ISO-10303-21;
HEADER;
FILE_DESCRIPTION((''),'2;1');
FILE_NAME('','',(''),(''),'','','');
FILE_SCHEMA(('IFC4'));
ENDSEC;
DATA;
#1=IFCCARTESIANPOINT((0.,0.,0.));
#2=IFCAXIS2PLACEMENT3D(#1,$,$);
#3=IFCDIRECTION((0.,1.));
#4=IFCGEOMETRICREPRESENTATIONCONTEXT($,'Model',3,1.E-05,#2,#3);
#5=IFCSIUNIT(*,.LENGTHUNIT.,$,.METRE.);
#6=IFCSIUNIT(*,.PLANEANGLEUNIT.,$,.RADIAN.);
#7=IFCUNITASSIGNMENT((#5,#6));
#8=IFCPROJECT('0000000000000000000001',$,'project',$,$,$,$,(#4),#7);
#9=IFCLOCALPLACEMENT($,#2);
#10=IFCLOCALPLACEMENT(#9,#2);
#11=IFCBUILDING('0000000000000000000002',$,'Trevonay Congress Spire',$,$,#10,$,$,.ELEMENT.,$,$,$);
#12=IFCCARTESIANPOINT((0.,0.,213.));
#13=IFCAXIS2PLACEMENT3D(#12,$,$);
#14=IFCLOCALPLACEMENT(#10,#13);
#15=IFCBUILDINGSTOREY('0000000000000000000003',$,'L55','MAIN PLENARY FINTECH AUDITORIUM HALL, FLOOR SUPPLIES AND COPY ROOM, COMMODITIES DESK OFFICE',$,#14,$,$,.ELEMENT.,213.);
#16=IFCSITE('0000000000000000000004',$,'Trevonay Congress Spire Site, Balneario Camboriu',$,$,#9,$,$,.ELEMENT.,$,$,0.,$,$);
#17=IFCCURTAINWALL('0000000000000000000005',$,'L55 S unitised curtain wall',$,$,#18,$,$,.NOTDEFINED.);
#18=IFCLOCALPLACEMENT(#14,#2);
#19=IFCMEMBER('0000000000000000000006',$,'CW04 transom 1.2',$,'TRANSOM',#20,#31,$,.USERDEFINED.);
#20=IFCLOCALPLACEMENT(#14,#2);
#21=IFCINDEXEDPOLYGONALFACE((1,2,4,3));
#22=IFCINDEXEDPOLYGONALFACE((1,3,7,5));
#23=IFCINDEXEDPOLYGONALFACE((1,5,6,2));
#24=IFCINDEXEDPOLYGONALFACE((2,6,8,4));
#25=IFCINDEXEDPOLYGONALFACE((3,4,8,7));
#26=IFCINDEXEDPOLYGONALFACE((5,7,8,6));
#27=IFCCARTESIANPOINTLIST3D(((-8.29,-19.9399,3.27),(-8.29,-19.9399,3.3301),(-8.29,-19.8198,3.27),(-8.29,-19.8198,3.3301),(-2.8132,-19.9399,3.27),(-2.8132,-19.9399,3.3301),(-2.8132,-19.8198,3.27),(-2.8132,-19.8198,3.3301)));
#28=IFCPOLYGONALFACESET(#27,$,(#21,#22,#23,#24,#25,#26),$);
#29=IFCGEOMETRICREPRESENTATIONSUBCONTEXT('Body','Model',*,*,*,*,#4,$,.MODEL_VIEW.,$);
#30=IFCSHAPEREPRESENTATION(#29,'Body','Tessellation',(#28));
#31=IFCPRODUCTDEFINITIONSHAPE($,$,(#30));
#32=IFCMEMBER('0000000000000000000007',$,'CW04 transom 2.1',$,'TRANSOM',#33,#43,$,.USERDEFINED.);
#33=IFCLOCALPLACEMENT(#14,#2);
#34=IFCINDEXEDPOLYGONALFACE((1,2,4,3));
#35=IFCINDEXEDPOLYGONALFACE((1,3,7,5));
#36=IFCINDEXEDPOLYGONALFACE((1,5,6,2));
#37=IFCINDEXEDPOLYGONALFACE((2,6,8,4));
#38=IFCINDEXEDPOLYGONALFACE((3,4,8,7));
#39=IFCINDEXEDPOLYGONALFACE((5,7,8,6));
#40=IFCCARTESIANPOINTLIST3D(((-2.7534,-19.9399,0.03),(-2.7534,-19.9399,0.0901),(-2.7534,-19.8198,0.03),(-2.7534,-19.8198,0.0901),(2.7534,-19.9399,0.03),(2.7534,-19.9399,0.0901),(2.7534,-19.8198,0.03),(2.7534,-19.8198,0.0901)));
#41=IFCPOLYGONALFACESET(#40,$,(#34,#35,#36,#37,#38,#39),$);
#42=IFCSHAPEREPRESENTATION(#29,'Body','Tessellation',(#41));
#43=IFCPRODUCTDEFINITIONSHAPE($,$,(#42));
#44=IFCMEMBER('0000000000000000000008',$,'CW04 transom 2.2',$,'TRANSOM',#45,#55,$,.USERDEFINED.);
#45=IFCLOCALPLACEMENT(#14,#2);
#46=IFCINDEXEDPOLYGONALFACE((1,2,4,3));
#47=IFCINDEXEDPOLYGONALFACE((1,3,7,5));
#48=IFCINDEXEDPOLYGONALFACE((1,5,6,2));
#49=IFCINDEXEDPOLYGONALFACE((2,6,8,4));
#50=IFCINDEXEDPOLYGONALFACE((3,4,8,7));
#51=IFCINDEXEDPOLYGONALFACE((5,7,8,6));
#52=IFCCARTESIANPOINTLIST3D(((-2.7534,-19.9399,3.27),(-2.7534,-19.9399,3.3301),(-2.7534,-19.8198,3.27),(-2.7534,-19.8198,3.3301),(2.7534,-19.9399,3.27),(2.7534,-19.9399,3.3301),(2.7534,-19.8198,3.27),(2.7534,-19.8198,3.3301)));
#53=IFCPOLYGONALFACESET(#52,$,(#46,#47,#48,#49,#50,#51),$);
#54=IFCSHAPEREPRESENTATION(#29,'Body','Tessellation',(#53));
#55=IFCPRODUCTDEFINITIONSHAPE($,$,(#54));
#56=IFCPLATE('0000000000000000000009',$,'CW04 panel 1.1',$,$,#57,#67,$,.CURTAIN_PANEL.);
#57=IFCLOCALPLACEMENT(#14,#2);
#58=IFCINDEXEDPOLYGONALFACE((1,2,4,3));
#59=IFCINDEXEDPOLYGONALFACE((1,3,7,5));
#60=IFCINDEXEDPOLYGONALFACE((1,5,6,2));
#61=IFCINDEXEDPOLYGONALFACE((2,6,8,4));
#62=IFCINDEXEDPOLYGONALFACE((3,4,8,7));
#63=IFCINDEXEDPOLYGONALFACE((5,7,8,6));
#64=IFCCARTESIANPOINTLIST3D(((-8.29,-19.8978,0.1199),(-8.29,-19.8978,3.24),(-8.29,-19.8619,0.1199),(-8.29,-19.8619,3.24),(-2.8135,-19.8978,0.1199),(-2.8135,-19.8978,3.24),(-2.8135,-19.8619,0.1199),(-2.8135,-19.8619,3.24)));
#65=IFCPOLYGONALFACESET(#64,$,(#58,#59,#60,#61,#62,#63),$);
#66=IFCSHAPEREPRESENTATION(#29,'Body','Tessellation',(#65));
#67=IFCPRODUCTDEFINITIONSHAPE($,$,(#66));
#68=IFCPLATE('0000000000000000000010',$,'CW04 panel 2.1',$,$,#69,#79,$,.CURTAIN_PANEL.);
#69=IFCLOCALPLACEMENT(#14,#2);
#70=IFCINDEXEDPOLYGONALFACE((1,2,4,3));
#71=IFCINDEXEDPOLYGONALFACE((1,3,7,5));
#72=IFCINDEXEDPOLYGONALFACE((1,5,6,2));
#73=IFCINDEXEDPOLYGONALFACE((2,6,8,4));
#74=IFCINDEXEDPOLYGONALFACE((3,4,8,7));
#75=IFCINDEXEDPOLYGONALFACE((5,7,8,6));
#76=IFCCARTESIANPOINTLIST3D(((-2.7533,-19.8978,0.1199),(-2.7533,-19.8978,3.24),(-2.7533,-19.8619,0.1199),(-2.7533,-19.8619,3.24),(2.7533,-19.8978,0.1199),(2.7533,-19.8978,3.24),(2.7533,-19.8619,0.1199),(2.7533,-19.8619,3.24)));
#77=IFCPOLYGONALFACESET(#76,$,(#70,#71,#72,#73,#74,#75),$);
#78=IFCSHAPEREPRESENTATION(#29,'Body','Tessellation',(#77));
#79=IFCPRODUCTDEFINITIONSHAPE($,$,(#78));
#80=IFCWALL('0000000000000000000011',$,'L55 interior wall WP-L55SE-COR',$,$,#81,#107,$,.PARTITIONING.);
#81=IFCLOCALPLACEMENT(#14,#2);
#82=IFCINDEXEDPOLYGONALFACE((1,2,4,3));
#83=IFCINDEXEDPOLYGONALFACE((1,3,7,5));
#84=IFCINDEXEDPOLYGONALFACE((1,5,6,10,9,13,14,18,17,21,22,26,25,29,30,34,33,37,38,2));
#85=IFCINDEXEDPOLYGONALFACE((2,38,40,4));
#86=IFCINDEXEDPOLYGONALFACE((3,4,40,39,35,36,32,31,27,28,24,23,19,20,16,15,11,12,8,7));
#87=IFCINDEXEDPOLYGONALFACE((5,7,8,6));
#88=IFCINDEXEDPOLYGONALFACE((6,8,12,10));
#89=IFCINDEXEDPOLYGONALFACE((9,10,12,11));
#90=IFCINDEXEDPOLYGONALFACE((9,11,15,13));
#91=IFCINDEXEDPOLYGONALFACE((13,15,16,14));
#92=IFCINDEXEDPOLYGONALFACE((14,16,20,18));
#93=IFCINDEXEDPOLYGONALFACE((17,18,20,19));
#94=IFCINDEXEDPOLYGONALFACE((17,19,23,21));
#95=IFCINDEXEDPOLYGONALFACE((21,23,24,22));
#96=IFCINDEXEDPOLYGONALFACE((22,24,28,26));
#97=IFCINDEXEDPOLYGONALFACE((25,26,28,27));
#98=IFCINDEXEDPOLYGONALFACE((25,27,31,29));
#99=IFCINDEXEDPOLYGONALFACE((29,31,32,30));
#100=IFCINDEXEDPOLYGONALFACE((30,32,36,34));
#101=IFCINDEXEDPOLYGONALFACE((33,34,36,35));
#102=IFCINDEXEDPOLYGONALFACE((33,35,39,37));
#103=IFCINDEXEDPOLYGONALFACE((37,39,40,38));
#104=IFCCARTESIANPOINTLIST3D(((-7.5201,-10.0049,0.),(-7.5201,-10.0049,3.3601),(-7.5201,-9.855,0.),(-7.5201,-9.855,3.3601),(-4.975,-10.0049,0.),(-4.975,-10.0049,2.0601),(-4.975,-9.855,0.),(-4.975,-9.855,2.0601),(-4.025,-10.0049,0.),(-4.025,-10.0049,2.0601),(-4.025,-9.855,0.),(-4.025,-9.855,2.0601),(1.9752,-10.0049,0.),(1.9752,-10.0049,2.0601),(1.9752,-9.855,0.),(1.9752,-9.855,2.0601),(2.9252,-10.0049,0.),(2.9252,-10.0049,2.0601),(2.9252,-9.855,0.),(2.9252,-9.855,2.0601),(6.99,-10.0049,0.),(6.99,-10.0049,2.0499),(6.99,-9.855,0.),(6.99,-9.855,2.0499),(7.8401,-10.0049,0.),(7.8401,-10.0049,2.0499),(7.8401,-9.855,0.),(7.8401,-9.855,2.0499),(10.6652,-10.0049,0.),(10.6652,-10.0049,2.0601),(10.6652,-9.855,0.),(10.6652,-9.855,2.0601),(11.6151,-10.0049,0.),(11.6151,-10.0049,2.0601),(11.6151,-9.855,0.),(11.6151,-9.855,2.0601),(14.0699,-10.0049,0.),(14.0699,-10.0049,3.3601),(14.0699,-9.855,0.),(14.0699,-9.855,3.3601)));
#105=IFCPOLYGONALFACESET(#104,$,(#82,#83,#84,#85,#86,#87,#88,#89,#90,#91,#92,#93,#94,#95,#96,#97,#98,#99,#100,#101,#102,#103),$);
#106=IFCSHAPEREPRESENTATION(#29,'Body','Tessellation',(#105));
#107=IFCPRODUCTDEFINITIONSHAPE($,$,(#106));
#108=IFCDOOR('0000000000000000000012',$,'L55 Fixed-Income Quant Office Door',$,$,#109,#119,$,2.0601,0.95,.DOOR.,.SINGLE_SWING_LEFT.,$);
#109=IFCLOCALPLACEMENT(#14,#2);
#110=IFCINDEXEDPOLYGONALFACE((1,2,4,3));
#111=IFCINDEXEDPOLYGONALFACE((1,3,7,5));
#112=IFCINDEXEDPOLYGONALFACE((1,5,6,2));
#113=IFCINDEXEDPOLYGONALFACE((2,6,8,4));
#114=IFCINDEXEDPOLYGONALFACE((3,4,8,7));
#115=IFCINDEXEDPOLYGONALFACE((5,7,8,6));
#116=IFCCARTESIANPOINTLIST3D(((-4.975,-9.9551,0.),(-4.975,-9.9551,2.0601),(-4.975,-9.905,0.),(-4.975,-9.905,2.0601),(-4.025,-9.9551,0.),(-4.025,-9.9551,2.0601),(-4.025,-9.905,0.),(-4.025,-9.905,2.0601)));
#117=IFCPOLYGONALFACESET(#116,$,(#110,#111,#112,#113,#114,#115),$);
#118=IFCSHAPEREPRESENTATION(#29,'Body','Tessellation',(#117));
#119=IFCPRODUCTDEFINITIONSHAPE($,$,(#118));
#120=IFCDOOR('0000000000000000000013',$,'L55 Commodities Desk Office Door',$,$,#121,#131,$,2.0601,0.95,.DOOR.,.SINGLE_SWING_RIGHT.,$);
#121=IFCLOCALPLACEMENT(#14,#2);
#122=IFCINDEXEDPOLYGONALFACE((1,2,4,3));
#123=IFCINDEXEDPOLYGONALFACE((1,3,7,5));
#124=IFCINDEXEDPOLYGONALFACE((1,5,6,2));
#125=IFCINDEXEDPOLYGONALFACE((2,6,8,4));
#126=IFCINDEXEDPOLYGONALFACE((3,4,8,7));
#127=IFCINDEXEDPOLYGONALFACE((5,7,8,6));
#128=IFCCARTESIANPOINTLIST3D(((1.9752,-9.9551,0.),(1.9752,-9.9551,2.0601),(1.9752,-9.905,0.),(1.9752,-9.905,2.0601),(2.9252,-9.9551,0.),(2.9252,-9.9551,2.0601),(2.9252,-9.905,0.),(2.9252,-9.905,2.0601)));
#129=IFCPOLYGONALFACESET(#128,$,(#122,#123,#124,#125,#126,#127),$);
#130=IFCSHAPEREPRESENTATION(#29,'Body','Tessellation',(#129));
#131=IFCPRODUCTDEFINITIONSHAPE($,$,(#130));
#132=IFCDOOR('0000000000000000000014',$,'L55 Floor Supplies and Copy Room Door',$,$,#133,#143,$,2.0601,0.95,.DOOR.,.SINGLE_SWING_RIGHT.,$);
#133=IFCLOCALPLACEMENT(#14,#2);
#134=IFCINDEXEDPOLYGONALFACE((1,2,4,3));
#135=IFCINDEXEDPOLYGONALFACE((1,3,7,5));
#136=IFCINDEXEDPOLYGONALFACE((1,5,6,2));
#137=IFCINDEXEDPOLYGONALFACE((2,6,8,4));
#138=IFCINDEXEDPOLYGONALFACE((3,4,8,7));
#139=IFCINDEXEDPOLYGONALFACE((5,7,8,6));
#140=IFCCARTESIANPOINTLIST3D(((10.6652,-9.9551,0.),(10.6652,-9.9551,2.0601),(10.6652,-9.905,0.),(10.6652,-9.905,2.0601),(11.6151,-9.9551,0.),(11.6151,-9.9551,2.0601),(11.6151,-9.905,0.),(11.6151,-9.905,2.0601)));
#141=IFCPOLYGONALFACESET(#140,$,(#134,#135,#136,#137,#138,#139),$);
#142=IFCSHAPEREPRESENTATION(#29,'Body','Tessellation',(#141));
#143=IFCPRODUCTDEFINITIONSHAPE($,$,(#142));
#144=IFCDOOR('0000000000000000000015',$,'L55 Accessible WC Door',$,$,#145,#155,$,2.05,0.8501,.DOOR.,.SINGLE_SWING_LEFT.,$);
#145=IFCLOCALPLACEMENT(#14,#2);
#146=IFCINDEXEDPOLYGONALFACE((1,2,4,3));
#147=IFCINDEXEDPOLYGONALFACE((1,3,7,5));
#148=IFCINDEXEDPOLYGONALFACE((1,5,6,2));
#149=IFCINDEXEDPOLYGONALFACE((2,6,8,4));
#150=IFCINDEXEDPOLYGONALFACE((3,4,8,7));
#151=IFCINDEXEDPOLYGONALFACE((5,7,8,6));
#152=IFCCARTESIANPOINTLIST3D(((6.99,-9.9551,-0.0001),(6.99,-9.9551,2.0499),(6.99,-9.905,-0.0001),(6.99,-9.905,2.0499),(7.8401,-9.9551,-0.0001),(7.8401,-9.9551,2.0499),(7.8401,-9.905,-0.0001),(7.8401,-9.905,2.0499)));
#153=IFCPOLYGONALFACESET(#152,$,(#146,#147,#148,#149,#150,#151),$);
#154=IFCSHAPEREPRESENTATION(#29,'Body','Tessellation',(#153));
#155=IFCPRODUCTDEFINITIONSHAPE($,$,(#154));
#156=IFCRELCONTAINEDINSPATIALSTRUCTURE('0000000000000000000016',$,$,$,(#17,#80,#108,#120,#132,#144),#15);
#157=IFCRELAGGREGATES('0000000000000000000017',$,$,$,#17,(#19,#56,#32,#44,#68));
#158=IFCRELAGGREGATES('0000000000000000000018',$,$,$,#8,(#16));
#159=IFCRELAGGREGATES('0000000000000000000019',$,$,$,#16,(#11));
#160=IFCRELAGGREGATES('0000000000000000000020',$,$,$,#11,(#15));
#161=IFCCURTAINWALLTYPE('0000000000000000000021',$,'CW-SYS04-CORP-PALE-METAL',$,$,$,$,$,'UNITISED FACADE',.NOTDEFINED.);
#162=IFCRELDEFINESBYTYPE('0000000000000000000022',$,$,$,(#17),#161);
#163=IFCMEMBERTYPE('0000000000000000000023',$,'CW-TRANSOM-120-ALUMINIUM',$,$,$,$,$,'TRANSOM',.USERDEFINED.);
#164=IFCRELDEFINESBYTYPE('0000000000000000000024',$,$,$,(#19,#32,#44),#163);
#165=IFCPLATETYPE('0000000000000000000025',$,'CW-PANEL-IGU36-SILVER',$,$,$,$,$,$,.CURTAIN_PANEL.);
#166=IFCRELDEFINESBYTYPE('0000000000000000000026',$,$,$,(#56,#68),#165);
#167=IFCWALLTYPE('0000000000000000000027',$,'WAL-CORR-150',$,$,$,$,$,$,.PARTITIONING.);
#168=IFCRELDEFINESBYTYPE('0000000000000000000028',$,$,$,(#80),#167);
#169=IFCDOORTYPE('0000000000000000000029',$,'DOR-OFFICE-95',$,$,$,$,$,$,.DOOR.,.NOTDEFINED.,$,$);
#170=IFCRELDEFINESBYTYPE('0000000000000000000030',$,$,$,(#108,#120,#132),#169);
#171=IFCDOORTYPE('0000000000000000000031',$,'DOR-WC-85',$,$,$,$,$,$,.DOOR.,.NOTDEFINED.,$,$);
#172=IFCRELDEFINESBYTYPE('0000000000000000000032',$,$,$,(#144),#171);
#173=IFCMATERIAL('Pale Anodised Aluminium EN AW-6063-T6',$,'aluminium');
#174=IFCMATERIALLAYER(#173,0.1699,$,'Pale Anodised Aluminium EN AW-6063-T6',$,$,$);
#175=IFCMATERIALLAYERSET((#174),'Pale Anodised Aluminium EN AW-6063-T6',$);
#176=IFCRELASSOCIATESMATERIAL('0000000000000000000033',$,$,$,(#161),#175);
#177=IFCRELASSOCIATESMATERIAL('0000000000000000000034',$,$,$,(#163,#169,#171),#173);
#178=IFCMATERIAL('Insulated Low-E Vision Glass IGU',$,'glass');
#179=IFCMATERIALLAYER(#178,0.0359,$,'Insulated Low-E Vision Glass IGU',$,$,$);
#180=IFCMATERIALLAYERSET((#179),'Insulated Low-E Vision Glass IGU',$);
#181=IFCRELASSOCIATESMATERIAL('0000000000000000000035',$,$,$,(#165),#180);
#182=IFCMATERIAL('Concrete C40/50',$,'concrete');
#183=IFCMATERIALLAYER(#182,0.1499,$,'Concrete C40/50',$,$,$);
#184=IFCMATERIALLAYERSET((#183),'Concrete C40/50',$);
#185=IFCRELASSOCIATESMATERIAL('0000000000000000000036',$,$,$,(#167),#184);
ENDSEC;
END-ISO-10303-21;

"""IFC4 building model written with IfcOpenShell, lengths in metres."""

from ifc_helpers import new_model, si_unit, direction, frame, frame_2d, origin, origin_2d, place, context, subcontext, project, spatial, rectangle, extrude, material, layer, layer_set, material_profile, profile_set, type_object, element, fill, aggregate, save


model = new_model("IFC4")

# Units and contexts
model_context = context("Model", 3, precision=1e-05, world=origin(), true_north=direction((0.0, 1.0)))
body_context = subcontext(model_context, "Body", "Model", "MODEL_VIEW")
ifc_project = project(units=[si_unit("LENGTHUNIT", "METRE"), si_unit("PLANEANGLEUNIT", "RADIAN")], contexts=[model_context])

# Site, building, storey
site_placement = place(None, origin())
site = spatial("IfcSite", under=ifc_project, at=site_placement, Name="Trevonay Congress Spire Site, Balneario Camboriu", CompositionType="ELEMENT", RefElevation=0.0)
building_placement = place(site_placement, origin())
building = spatial("IfcBuilding", under=site, at=building_placement, Name="Trevonay Congress Spire", CompositionType="ELEMENT")
storey_placement = place(building_placement, frame((0.0, 0.0, 213.0)))
storey = spatial("IfcBuildingStorey", under=building, at=storey_placement, Name="L55", Description="MAIN PLENARY FINTECH AUDITORIUM HALL, FLOOR SUPPLIES AND COPY ROOM, COMMODITIES DESK OFFICE", CompositionType="ELEMENT", Elevation=213.0)

# Curtain wall, members, plates
ifc_material_1 = material(Name="Pale Anodised Aluminium EN AW-6063-T6", Category="aluminium")
ifc_layer_1 = layer(ifc_material_1, 0.1699, Name="Pale Anodised Aluminium EN AW-6063-T6")
ifc_layer_set_1 = layer_set([ifc_layer_1], Name="Pale Anodised Aluminium EN AW-6063-T6")
curtain_wall_type = type_object("IfcCurtainWallType", Name="CW-SYS04-CORP-PALE-METAL", ElementType="UNITISED FACADE", PredefinedType="NOTDEFINED", material=ifc_layer_set_1)
curtain_wall_placement = place(storey_placement, origin())
curtain_wall = element("IfcCurtainWall", 1, at=curtain_wall_placement, inside=storey, type_object=curtain_wall_type, Name="L55 S unitised curtain wall", PredefinedType="NOTDEFINED")
ifc_material_profile_1 = material_profile(ifc_material_1, rectangle(XDim=0.1201, YDim=0.0601, at=origin_2d()), Name="CW-TRANSOM-120-ALUMINIUM")
ifc_profile_set_1 = profile_set([ifc_material_profile_1], Name="Pale Anodised Aluminium EN AW-6063-T6")
member_type_1 = type_object("IfcMemberType", Name="CW-TRANSOM-120-ALUMINIUM", ElementType="TRANSOM", PredefinedType="USERDEFINED", material=ifc_profile_set_1)
member_1_placement = place(storey_placement, frame((-8.29, -19.8799, 3.3), z_axis=(1.0, 0.0, 0.0), x_axis=(0.0, 1.0, 0.0)))
member_1 = element("IfcMember", 2, at=member_1_placement, type_object=member_type_1, Name="CW04 transom 1.2", ObjectType="TRANSOM", PredefinedType="USERDEFINED", context=body_context, shape_type="SweptSolid", body=[
    extrude(rectangle(XDim=0.1201, YDim=0.0601, at=origin_2d()), origin(), (0.0, 0.0, 1.0), 5.4768),
])
member_2_placement = place(storey_placement, frame((-2.7534, -19.8799, 0.0601), z_axis=(1.0, 0.0, 0.0), x_axis=(0.0, 1.0, 0.0)))
member_2 = element("IfcMember", 3, at=member_2_placement, type_object=member_type_1, Name="CW04 transom 2.1", ObjectType="TRANSOM", PredefinedType="USERDEFINED", context=body_context, shape_type="SweptSolid", body=[
    extrude(rectangle(XDim=0.1201, YDim=0.0601, at=origin_2d()), origin(), (0.0, 0.0, 1.0), 5.5068),
])
member_3_placement = place(storey_placement, frame((-2.7534, -19.8799, 3.3), z_axis=(1.0, 0.0, 0.0), x_axis=(0.0, 1.0, 0.0)))
member_3 = element("IfcMember", 4, at=member_3_placement, type_object=member_type_1, Name="CW04 transom 2.2", ObjectType="TRANSOM", PredefinedType="USERDEFINED", context=body_context, shape_type="SweptSolid", body=[
    extrude(rectangle(XDim=0.1201, YDim=0.0601, at=origin_2d()), origin(), (0.0, 0.0, 1.0), 5.5068),
])
ifc_material_2 = material(Name="Insulated Low-E Vision Glass IGU", Category="glass")
ifc_layer_2 = layer(ifc_material_2, 0.0359, Name="Insulated Low-E Vision Glass IGU")
ifc_layer_set_2 = layer_set([ifc_layer_2], Name="Insulated Low-E Vision Glass IGU")
plate_type = type_object("IfcPlateType", Name="CW-PANEL-IGU36-SILVER", PredefinedType="CURTAIN_PANEL", material=ifc_layer_set_2)
plate_1_placement = place(storey_placement, frame((-5.5518, -19.8799, 0.1199), z_axis=(0.0, 0.0, 1.0), x_axis=(1.0, 0.0, 0.0)))
plate_1 = element("IfcPlate", 5, at=plate_1_placement, type_object=plate_type, Name="CW04 panel 1.1", PredefinedType="CURTAIN_PANEL", context=body_context, shape_type="SweptSolid", body=[
    extrude(rectangle(XDim=5.4766, YDim=0.0359, at=origin_2d()), origin(), (0.0, 0.0, 1.0), 3.1201),
])
plate_2_placement = place(storey_placement, frame((0.0, -19.8799, 0.1199), z_axis=(0.0, 0.0, 1.0), x_axis=(1.0, 0.0, 0.0)))
plate_2 = element("IfcPlate", 6, at=plate_2_placement, type_object=plate_type, Name="CW04 panel 2.1", PredefinedType="CURTAIN_PANEL", context=body_context, shape_type="SweptSolid", body=[
    extrude(rectangle(XDim=5.5066, YDim=0.0359, at=origin_2d()), origin(), (0.0, 0.0, 1.0), 3.1201),
])
aggregate(curtain_wall, [member_1, plate_1, member_2, member_3, plate_2])

# Wall, openings, doors
ifc_material_3 = material(Name="Concrete C40/50", Category="concrete")
ifc_layer_3 = layer(ifc_material_3, 0.1499, Name="Concrete C40/50")
ifc_layer_set_3 = layer_set([ifc_layer_3], Name="Concrete C40/50")
wall_type_1 = type_object("IfcWallType", Name="WAL-CORR-150", PredefinedType="PARTITIONING", material=ifc_layer_set_3)
wall_1_placement = place(storey_placement, frame((-7.52, -9.9299, 0.0), z_axis=(0.0, 0.0, 1.0), x_axis=(1.0, 0.0, 0.0)))
wall_1 = element("IfcWall", 7, at=wall_1_placement, inside=storey, type_object=wall_type_1, Name="L55 interior wall WP-L55SE-COR", PredefinedType="PARTITIONING", context=body_context, shape_type="SweptSolid", body=[
    extrude(rectangle(XDim=21.5901, YDim=0.1499, at=frame_2d((10.7949, 0.0))), origin(), (0.0, 0.0, 1.0), 3.3601),
])
opening_1_placement = place(wall_1_placement, frame((2.5449, 0.0, 0.0)))
opening_1 = element("IfcOpeningElement", 8, at=opening_1_placement, cuts=wall_1, PredefinedType="OPENING", context=body_context, shape_type="SweptSolid", body=[
    extrude(rectangle(XDim=0.95, YDim=2.0601, at=frame_2d((0.4751, 1.03))), frame((0.0, 0.085, 0.0), z_axis=(0.0, -1.0, 0.0), x_axis=(1.0, 0.0, 0.0)), (0.0, 0.0, 1.0), 0.1699),
])
opening_2_placement = place(wall_1_placement, frame((9.4951, 0.0, 0.0)))
opening_2 = element("IfcOpeningElement", 9, at=opening_2_placement, cuts=wall_1, PredefinedType="OPENING", context=body_context, shape_type="SweptSolid", body=[
    extrude(rectangle(XDim=0.95, YDim=2.0601, at=frame_2d((0.4751, 1.03))), frame((0.0, 0.085, 0.0), z_axis=(0.0, -1.0, 0.0), x_axis=(1.0, 0.0, 0.0)), (0.0, 0.0, 1.0), 0.1699),
])
opening_3_placement = place(wall_1_placement, frame((14.51, 0.0, 0.0)))
opening_3 = element("IfcOpeningElement", 10, at=opening_3_placement, cuts=wall_1, PredefinedType="OPENING", context=body_context, shape_type="SweptSolid", body=[
    extrude(rectangle(XDim=0.8501, YDim=2.05, at=frame_2d((0.425, 1.0249))), frame((0.0, 0.085, 0.0), z_axis=(0.0, -1.0, 0.0), x_axis=(1.0, 0.0, 0.0)), (0.0, 0.0, 1.0), 0.1699),
])
opening_4_placement = place(wall_1_placement, frame((18.1851, 0.0, 0.0)))
opening_4 = element("IfcOpeningElement", 11, at=opening_4_placement, cuts=wall_1, PredefinedType="OPENING", context=body_context, shape_type="SweptSolid", body=[
    extrude(rectangle(XDim=0.95, YDim=2.0601, at=frame_2d((0.4751, 1.03))), frame((0.0, 0.085, 0.0), z_axis=(0.0, -1.0, 0.0), x_axis=(1.0, 0.0, 0.0)), (0.0, 0.0, 1.0), 0.1699),
])
door_type_1 = type_object("IfcDoorType", Name="DOR-OFFICE-95", OperationType="NOTDEFINED", PredefinedType="DOOR", material=ifc_material_1)
door_1_placement = place(opening_1_placement, origin())
door_1 = element("IfcDoor", 12, at=door_1_placement, inside=storey, type_object=door_type_1, Name="L55 Fixed-Income Quant Office Door", OperationType="SINGLE_SWING_LEFT", OverallHeight=2.0601, OverallWidth=0.95, PredefinedType="DOOR", context=body_context, shape_type="SweptSolid", body=[
    extrude(rectangle(XDim=0.95, YDim=2.0601, at=frame_2d((0.4751, 1.03))), frame((0.0, 0.0249, 0.0), z_axis=(0.0, -1.0, 0.0), x_axis=(1.0, 0.0, 0.0)), (0.0, 0.0, 1.0), 0.05),
])
fill(opening_1, door_1)
door_2_placement = place(opening_2_placement, origin())
door_2 = element("IfcDoor", 13, at=door_2_placement, inside=storey, type_object=door_type_1, Name="L55 Commodities Desk Office Door", OperationType="SINGLE_SWING_RIGHT", OverallHeight=2.0601, OverallWidth=0.95, PredefinedType="DOOR", context=body_context, shape_type="SweptSolid", body=[
    extrude(rectangle(XDim=0.95, YDim=2.0601, at=frame_2d((0.4751, 1.03))), frame((0.0, 0.0249, 0.0), z_axis=(0.0, -1.0, 0.0), x_axis=(1.0, 0.0, 0.0)), (0.0, 0.0, 1.0), 0.05),
])
fill(opening_2, door_2)
door_3_placement = place(opening_4_placement, origin())
door_3 = element("IfcDoor", 14, at=door_3_placement, inside=storey, type_object=door_type_1, Name="L55 Floor Supplies and Copy Room Door", OperationType="SINGLE_SWING_RIGHT", OverallHeight=2.0601, OverallWidth=0.95, PredefinedType="DOOR", context=body_context, shape_type="SweptSolid", body=[
    extrude(rectangle(XDim=0.95, YDim=2.0601, at=frame_2d((0.4751, 1.03))), frame((0.0, 0.0249, 0.0), z_axis=(0.0, -1.0, 0.0), x_axis=(1.0, 0.0, 0.0)), (0.0, 0.0, 1.0), 0.05),
])
fill(opening_4, door_3)
door_type_2 = type_object("IfcDoorType", Name="DOR-WC-85", OperationType="NOTDEFINED", PredefinedType="DOOR", material=ifc_material_1)
door_4_placement = place(opening_3_placement, origin())
door_4 = element("IfcDoor", 15, at=door_4_placement, inside=storey, type_object=door_type_2, Name="L55 Accessible WC Door", OperationType="SINGLE_SWING_LEFT", OverallHeight=2.05, OverallWidth=0.8501, PredefinedType="DOOR", context=body_context, shape_type="SweptSolid", body=[
    extrude(rectangle(XDim=0.8501, YDim=2.05, at=frame_2d((0.425, 1.0249))), frame((0.0, 0.0249, 0.0), z_axis=(0.0, -1.0, 0.0), x_axis=(1.0, 0.0, 0.0)), (0.0, 0.0, 1.0), 0.05),
])
fill(opening_3, door_4)

save(model, "model.ifc")
